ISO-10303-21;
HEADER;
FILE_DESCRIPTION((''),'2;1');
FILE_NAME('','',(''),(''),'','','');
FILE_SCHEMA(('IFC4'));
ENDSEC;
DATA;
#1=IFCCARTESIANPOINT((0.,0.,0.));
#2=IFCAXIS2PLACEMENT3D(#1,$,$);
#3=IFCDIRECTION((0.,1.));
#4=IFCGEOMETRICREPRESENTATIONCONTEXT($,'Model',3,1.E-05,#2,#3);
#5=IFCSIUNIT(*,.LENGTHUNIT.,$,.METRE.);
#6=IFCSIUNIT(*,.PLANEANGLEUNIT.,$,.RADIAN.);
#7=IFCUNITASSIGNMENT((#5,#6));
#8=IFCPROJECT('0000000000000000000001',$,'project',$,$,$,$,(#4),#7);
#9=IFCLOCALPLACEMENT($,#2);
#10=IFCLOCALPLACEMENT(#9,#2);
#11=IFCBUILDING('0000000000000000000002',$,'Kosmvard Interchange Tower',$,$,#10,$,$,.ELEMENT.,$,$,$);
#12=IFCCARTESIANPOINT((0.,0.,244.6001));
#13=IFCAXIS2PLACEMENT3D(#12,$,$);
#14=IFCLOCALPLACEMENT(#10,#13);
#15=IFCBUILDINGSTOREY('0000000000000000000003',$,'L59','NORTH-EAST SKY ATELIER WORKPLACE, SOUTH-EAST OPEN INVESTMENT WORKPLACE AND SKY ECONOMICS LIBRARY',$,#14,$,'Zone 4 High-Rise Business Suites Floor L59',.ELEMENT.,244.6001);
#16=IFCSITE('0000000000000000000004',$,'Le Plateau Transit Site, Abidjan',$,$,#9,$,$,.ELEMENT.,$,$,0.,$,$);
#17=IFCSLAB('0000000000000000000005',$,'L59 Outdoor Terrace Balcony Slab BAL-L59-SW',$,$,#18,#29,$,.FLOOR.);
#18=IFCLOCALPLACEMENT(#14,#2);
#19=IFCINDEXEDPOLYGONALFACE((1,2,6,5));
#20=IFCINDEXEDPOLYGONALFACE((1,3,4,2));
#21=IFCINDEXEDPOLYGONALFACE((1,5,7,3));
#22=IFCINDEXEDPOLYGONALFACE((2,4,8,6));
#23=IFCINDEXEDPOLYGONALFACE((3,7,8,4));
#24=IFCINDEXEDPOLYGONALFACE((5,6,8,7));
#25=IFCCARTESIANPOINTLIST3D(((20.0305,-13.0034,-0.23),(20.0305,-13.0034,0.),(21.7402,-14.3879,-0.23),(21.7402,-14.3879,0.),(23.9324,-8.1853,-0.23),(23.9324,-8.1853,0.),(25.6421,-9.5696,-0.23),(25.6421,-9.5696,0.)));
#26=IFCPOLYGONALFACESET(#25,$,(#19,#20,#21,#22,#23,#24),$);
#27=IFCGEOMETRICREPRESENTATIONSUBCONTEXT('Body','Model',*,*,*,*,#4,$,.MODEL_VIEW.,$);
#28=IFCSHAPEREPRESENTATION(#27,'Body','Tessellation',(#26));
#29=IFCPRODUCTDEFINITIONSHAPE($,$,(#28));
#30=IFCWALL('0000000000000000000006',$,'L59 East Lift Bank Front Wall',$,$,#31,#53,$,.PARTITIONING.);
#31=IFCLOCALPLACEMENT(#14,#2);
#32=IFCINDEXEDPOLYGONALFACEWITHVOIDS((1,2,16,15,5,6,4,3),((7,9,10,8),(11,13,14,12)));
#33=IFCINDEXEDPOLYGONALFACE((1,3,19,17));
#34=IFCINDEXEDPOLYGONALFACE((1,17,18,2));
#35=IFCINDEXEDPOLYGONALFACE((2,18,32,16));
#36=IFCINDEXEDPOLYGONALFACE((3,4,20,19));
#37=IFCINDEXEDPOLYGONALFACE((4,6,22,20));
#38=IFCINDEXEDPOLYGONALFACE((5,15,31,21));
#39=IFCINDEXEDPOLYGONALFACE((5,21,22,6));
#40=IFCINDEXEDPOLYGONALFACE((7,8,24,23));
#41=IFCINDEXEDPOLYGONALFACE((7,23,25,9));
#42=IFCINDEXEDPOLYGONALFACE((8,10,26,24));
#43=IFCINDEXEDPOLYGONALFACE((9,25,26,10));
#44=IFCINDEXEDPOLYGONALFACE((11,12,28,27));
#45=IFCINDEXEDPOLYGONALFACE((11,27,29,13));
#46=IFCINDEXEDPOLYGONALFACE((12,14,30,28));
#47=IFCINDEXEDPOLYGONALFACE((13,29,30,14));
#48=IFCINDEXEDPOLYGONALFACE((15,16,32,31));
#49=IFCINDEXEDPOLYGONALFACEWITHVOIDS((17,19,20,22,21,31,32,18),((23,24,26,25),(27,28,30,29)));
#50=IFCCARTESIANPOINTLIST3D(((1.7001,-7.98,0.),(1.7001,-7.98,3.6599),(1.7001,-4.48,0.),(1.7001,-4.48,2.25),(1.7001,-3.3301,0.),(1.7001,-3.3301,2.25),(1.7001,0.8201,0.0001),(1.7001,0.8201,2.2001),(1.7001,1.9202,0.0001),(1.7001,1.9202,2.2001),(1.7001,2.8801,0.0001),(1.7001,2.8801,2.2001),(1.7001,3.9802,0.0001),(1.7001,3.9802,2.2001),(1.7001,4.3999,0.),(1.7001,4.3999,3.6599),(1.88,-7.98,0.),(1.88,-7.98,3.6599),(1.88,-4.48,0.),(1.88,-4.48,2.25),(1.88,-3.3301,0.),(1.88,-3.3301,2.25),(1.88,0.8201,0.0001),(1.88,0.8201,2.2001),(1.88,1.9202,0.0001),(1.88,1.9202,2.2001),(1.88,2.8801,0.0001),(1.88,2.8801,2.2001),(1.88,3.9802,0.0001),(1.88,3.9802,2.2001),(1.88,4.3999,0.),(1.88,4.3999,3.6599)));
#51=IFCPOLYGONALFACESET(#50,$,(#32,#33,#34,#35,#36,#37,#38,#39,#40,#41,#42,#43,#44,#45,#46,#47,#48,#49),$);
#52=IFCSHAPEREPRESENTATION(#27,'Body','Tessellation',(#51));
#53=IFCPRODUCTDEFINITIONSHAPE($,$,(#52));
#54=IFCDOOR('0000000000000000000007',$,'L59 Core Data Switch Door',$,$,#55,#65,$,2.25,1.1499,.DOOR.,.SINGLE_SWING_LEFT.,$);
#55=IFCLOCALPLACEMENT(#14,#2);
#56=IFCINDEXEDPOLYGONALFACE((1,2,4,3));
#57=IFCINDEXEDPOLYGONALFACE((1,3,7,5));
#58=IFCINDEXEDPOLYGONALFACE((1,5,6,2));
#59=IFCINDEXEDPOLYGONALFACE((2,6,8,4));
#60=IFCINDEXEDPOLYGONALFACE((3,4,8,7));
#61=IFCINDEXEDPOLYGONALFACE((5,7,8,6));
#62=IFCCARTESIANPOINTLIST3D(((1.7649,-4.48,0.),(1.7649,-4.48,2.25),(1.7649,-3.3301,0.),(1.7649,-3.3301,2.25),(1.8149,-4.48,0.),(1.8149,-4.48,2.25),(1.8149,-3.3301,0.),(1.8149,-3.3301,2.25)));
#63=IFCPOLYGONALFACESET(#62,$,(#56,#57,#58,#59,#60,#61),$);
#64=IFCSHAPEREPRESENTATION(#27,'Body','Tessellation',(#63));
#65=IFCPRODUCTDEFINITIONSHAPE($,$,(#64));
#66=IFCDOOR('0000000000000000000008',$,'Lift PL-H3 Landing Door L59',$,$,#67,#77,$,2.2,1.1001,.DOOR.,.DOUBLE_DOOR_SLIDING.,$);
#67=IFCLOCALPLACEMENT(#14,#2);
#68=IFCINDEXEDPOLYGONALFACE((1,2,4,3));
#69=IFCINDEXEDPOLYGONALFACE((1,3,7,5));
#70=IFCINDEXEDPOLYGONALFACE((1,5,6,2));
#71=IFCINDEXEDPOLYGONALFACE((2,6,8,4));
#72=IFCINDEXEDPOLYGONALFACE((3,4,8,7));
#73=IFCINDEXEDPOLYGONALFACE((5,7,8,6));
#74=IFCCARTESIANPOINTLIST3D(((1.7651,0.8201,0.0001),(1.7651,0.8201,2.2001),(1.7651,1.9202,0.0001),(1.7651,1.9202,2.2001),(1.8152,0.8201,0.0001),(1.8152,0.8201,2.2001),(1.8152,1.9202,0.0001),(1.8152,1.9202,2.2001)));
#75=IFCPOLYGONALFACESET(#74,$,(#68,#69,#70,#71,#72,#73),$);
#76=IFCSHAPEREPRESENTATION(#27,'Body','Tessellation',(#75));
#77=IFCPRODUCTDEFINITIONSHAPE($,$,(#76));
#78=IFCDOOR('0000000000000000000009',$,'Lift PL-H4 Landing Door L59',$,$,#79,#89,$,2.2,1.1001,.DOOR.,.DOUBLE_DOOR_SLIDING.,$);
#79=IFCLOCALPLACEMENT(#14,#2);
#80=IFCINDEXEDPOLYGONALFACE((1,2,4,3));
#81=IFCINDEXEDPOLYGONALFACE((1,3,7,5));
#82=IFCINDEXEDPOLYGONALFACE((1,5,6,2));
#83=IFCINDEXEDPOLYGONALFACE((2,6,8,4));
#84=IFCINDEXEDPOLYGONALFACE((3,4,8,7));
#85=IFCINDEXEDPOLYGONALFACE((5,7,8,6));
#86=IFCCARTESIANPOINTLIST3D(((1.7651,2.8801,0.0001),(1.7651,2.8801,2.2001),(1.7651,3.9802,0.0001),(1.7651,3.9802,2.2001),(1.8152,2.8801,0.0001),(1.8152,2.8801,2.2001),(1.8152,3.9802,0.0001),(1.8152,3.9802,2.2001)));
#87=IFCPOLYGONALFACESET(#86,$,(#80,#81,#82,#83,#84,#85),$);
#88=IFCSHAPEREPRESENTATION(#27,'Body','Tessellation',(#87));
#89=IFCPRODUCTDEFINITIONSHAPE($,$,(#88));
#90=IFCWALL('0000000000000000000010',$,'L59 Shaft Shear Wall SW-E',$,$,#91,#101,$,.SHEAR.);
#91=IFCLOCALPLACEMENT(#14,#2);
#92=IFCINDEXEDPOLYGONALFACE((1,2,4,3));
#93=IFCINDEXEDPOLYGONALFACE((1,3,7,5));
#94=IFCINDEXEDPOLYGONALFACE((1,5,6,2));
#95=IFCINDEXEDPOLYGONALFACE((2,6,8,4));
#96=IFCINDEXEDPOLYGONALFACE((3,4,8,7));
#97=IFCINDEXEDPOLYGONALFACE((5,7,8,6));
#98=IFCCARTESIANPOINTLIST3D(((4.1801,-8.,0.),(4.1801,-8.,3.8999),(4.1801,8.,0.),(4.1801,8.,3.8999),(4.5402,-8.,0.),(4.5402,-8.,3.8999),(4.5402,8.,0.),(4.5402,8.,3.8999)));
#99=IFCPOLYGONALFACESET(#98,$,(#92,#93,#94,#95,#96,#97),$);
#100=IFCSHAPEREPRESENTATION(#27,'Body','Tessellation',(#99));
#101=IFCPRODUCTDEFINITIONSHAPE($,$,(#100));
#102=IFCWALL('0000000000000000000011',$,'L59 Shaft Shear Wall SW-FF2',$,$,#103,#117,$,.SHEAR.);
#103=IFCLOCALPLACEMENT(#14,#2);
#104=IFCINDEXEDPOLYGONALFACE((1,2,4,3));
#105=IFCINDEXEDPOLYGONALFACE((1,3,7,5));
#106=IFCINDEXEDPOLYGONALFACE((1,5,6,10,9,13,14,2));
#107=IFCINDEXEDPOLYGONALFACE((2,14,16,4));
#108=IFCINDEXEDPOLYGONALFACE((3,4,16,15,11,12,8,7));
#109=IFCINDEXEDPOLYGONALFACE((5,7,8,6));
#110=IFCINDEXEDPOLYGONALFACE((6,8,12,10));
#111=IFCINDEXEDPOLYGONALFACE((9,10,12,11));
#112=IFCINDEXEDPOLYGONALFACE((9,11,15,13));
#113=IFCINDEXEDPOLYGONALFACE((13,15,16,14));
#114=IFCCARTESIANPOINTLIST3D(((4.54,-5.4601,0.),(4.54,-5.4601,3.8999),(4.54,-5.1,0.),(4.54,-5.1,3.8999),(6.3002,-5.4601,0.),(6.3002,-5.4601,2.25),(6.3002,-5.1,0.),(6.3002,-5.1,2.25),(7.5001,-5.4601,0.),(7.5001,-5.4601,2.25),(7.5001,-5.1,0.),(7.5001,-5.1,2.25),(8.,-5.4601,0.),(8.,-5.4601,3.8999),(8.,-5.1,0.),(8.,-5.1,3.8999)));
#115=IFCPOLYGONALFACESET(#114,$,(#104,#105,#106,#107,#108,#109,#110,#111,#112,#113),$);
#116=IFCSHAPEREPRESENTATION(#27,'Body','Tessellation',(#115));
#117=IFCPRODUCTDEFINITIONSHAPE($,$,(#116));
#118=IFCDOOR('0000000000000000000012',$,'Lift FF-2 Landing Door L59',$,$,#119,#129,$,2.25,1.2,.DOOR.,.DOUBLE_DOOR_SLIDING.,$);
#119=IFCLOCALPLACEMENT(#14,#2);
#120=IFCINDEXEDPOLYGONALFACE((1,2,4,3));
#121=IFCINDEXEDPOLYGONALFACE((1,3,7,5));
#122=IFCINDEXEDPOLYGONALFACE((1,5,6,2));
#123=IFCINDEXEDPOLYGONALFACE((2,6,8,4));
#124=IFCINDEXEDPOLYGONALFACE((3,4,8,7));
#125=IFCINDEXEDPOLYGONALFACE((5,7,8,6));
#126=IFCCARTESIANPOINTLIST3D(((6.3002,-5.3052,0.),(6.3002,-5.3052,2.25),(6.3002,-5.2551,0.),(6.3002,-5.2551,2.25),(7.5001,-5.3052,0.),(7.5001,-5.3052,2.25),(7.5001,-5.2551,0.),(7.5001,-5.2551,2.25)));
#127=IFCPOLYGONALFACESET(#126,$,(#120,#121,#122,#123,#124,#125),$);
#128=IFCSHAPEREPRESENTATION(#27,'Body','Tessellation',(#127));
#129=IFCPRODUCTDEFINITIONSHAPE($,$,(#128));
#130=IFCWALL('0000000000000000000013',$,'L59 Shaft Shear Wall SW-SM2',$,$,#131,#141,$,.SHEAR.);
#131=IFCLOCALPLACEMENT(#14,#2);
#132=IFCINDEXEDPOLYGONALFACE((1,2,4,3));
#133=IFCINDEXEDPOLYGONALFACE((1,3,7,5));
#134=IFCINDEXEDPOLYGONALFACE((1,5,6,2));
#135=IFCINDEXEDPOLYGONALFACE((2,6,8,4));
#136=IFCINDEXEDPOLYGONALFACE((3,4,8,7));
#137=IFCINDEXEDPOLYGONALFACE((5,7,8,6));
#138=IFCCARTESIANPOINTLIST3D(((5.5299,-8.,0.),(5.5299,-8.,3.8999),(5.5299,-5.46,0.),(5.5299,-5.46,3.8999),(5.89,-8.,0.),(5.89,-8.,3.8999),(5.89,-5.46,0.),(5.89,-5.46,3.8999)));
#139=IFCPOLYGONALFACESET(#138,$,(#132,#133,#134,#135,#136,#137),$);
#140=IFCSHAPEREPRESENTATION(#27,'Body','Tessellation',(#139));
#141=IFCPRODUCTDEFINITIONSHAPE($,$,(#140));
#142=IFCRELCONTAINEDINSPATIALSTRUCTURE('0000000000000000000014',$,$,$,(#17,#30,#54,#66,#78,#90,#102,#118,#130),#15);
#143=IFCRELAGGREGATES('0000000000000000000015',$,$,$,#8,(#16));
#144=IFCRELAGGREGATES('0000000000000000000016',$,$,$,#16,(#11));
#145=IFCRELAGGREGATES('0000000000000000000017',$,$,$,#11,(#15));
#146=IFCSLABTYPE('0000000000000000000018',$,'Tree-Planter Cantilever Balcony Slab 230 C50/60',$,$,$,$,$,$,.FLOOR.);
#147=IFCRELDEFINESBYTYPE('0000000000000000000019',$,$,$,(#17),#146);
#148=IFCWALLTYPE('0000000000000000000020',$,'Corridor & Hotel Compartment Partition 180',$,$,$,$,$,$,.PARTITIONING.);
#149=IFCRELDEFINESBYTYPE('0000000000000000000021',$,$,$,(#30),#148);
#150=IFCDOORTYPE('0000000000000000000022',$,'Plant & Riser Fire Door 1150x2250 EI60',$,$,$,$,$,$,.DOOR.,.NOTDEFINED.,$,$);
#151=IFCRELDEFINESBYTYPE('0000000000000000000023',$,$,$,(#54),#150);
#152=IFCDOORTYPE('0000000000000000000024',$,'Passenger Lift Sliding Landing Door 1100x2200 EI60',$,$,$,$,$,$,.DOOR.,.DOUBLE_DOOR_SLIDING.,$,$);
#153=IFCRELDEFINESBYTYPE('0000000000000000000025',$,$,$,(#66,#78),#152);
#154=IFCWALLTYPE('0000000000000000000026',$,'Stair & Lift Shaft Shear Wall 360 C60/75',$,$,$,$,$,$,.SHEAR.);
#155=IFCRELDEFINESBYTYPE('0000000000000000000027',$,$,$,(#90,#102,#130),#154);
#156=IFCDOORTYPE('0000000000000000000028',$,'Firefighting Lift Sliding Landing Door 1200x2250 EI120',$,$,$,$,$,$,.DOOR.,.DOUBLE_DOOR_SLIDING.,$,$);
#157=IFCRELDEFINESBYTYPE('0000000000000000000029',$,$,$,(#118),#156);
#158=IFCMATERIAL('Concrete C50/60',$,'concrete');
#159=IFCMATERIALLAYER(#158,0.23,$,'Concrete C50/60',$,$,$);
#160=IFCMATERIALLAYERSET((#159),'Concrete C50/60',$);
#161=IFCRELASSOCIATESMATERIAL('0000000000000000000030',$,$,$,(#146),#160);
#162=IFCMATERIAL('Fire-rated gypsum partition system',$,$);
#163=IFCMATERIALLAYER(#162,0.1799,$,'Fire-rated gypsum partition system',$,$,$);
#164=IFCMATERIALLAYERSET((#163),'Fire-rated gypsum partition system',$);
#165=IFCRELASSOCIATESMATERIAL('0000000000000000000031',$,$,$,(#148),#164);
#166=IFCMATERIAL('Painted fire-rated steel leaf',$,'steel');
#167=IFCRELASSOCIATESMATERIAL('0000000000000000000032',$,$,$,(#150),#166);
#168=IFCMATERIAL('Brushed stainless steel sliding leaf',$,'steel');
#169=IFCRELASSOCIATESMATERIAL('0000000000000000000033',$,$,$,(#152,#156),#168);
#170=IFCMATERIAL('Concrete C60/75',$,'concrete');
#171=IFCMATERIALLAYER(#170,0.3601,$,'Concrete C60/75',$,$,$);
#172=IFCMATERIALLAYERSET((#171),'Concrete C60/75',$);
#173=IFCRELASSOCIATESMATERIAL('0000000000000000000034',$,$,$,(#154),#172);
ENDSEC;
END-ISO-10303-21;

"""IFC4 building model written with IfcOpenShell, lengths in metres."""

from ifc_helpers import new_model, si_unit, direction, frame, frame_2d, origin, place, context, subcontext, project, spatial, polyline, rectangle, outline, extrude, source, transform, mapped, material, layer, layer_set, type_object, element, fill, save


model = new_model("IFC4")

# Units and contexts
model_context = context("Model", 3, precision=1e-05, world=origin(), true_north=direction((0.0, 1.0)))
body_context = subcontext(model_context, "Body", "Model", "MODEL_VIEW")
ifc_project = project(units=[si_unit("LENGTHUNIT", "METRE"), si_unit("PLANEANGLEUNIT", "RADIAN")], contexts=[model_context])

# Site, building, storey
site_placement = place(None, origin())
site = spatial("IfcSite", under=ifc_project, at=site_placement, Name="Le Plateau Transit Site, Abidjan", CompositionType="ELEMENT", RefElevation=0.0)
building_placement = place(site_placement, origin())
building = spatial("IfcBuilding", under=site, at=building_placement, Name="Kosmvard Interchange Tower", CompositionType="ELEMENT")
storey_placement = place(building_placement, frame((0.0, 0.0, 244.6001)))
storey = spatial("IfcBuildingStorey", under=building, at=storey_placement, Name="L59", Description="NORTH-EAST SKY ATELIER WORKPLACE, SOUTH-EAST OPEN INVESTMENT WORKPLACE AND SKY ECONOMICS LIBRARY", LongName="Zone 4 High-Rise Business Suites Floor L59", CompositionType="ELEMENT", Elevation=244.6001)

# Shared definitions
ifc_material_1 = material(Name="Concrete C60/75", Category="concrete")

# Shared definitions
ifc_material_2 = material(Name="Concrete C50/60", Category="concrete")

# Slab
ifc_layer_1 = layer(ifc_material_2, 0.23, Name="Concrete C50/60")
ifc_layer_set_1 = layer_set([ifc_layer_1], Name="Concrete C50/60")
slab_type_1 = type_object("IfcSlabType", Name="Tree-Planter Cantilever Balcony Slab 230 C50/60", PredefinedType="FLOOR", material=ifc_layer_set_1)
slab_1_placement = place(storey_placement, frame((0.0, 0.0, -0.23)))
element("IfcSlab", 1, at=slab_1_placement, inside=storey, type_object=slab_type_1, Name="L59 Outdoor Terrace Balcony Slab BAL-L59-SW", PredefinedType="FLOOR", context=body_context, shape_type="SweptSolid", body=[
    extrude(outline(polyline([(21.7402, -14.3879), (25.6421, -9.5696), (23.9324, -8.1853), (20.0305, -13.0034), (21.7402, -14.3879)])), origin(), (0.0, 0.0, 1.0), 0.23),
])

# Wall, openings, doors
ifc_material_3 = material(Name="Fire-rated gypsum partition system")
ifc_layer_2 = layer(ifc_material_3, 0.1799, Name="Fire-rated gypsum partition system")
ifc_layer_set_2 = layer_set([ifc_layer_2], Name="Fire-rated gypsum partition system")
wall_type_1 = type_object("IfcWallType", Name="Corridor & Hotel Compartment Partition 180", PredefinedType="PARTITIONING", material=ifc_layer_set_2)
wall_1_placement = place(storey_placement, frame((1.79, -7.98, 0.0), z_axis=(0.0, 0.0, 1.0), x_axis=(0.0, 1.0, 0.0)))
wall_1 = element("IfcWall", 2, at=wall_1_placement, inside=storey, type_object=wall_type_1, Name="L59 East Lift Bank Front Wall", PredefinedType="PARTITIONING", context=body_context, shape_type="SweptSolid", body=[
    extrude(rectangle(XDim=12.3799, YDim=0.1799, at=frame_2d((6.1899, 0.0))), origin(), (0.0, 0.0, 1.0), 3.6599),
])
opening_1_placement = place(wall_1_placement, frame((8.8, 0.0, 0.0)))
opening_1 = element("IfcOpeningElement", 3, at=opening_1_placement, cuts=wall_1, PredefinedType="OPENING", context=body_context, shape_type="SweptSolid", body=[
    extrude(rectangle(XDim=1.1001, YDim=2.2, at=frame_2d((0.55, 1.1001))), frame((0.0, 0.1001, 0.0), z_axis=(0.0, -1.0, 0.0), x_axis=(1.0, 0.0, 0.0)), (0.0, 0.0, 1.0), 0.2),
])
opening_2_placement = place(wall_1_placement, frame((10.8601, 0.0, 0.0)))
opening_2 = element("IfcOpeningElement", 4, at=opening_2_placement, cuts=wall_1, PredefinedType="OPENING", context=body_context, shape_type="SweptSolid", body=[
    extrude(rectangle(XDim=1.1001, YDim=2.2, at=frame_2d((0.55, 1.1001))), frame((0.0, 0.1001, 0.0), z_axis=(0.0, -1.0, 0.0), x_axis=(1.0, 0.0, 0.0)), (0.0, 0.0, 1.0), 0.2),
])
opening_3_placement = place(wall_1_placement, frame((3.5, 0.0, 0.0)))
opening_3 = element("IfcOpeningElement", 5, at=opening_3_placement, cuts=wall_1, PredefinedType="OPENING", context=body_context, shape_type="SweptSolid", body=[
    extrude(rectangle(XDim=1.1499, YDim=2.25, at=frame_2d((0.575, 1.125))), frame((0.0, 0.1001, 0.0), z_axis=(0.0, -1.0, 0.0), x_axis=(1.0, 0.0, 0.0)), (0.0, 0.0, 1.0), 0.2),
])
ifc_material_4 = material(Name="Painted fire-rated steel leaf", Category="steel")
door_type_1 = type_object("IfcDoorType", Name="Plant & Riser Fire Door 1150x2250 EI60", OperationType="NOTDEFINED", PredefinedType="DOOR", material=ifc_material_4)
shared_shape_1 = source(origin(), body_context, "Body", "SweptSolid", [
    extrude(rectangle(XDim=1.1499, YDim=2.25, at=frame_2d((0.575, 1.125))), frame((0.0, 0.0249, 0.0), z_axis=(0.0, -1.0, 0.0), x_axis=(1.0, 0.0, 0.0)), (0.0, 0.0, 1.0), 0.05),
])
door_1_placement = place(opening_3_placement, frame((1.1499, 0.0, 0.0), z_axis=(0.0, 0.0, 1.0), x_axis=(-1.0, 0.0, 0.0)))
door_1 = element("IfcDoor", 6, at=door_1_placement, inside=storey, type_object=door_type_1, Name="L59 Core Data Switch Door", OperationType="SINGLE_SWING_LEFT", OverallHeight=2.25, OverallWidth=1.1499, PredefinedType="DOOR", context=body_context, shape_type="MappedRepresentation", body=[
    mapped(shared_shape_1, transform((0.0, 0.0, 0.0), scale=1.0)),
])
fill(opening_3, door_1)
ifc_material_5 = material(Name="Brushed stainless steel sliding leaf", Category="steel")
door_type_2 = type_object("IfcDoorType", Name="Passenger Lift Sliding Landing Door 1100x2200 EI60", OperationType="DOUBLE_DOOR_SLIDING", PredefinedType="DOOR", material=ifc_material_5)
shared_shape_2 = source(origin(), body_context, "Body", "SweptSolid", [
    extrude(rectangle(XDim=1.1001, YDim=2.2, at=frame_2d((0.55, 1.1001))), frame((0.0, 0.0249, 0.0), z_axis=(0.0, -1.0, 0.0), x_axis=(1.0, 0.0, 0.0)), (0.0, 0.0, 1.0), 0.05),
])
door_2_placement = place(opening_1_placement, origin())
door_2 = element("IfcDoor", 7, at=door_2_placement, inside=storey, type_object=door_type_2, Name="Lift PL-H3 Landing Door L59", OperationType="DOUBLE_DOOR_SLIDING", OverallHeight=2.2, OverallWidth=1.1001, PredefinedType="DOOR", context=body_context, shape_type="MappedRepresentation", body=[
    mapped(shared_shape_2, transform((0.0, 0.0, 0.0), scale=1.0)),
])
fill(opening_1, door_2)
door_3_placement = place(opening_2_placement, origin())
door_3 = element("IfcDoor", 8, at=door_3_placement, inside=storey, type_object=door_type_2, Name="Lift PL-H4 Landing Door L59", OperationType="DOUBLE_DOOR_SLIDING", OverallHeight=2.2, OverallWidth=1.1001, PredefinedType="DOOR", context=body_context, shape_type="MappedRepresentation", body=[
    mapped(shared_shape_2, transform((0.0, 0.0, 0.0), scale=1.0)),
])
fill(opening_2, door_3)

# Wall
ifc_layer_3 = layer(ifc_material_1, 0.3601, Name="Concrete C60/75")
ifc_layer_set_3 = layer_set([ifc_layer_3], Name="Concrete C60/75")
wall_type_2 = type_object("IfcWallType", Name="Stair & Lift Shaft Shear Wall 360 C60/75", PredefinedType="SHEAR", material=ifc_layer_set_3)
wall_2_placement = place(storey_placement, frame((4.3601, -8.0, 0.0), z_axis=(0.0, 0.0, 1.0), x_axis=(0.0, 1.0, 0.0)))
element("IfcWall", 9, at=wall_2_placement, inside=storey, type_object=wall_type_2, Name="L59 Shaft Shear Wall SW-E", PredefinedType="SHEAR", context=body_context, shape_type="SweptSolid", body=[
    extrude(rectangle(XDim=16.0, YDim=0.3601, at=frame_2d((8.0, 0.0))), origin(), (0.0, 0.0, 1.0), 3.8999),
])

# Wall, opening, door
wall_3_placement = place(storey_placement, frame((4.54, -5.28, 0.0), z_axis=(0.0, 0.0, 1.0), x_axis=(1.0, 0.0, 0.0)))
wall_3 = element("IfcWall", 10, at=wall_3_placement, inside=storey, type_object=wall_type_2, Name="L59 Shaft Shear Wall SW-FF2", PredefinedType="SHEAR", context=body_context, shape_type="SweptSolid", body=[
    extrude(rectangle(XDim=3.46, YDim=0.3601, at=frame_2d((1.73, 0.0))), origin(), (0.0, 0.0, 1.0), 3.8999),
])
opening_4_placement = place(wall_3_placement, frame((1.76, 0.0, 0.0)))
opening_4 = element("IfcOpeningElement", 11, at=opening_4_placement, cuts=wall_3, PredefinedType="OPENING", context=body_context, shape_type="SweptSolid", body=[
    extrude(rectangle(XDim=1.2, YDim=2.25, at=frame_2d((0.6001, 1.125))), frame((0.0, 0.1899, 0.0), z_axis=(0.0, -1.0, 0.0), x_axis=(1.0, 0.0, 0.0)), (0.0, 0.0, 1.0), 0.3801),
])
door_type_3 = type_object("IfcDoorType", Name="Firefighting Lift Sliding Landing Door 1200x2250 EI120", OperationType="DOUBLE_DOOR_SLIDING", PredefinedType="DOOR", material=ifc_material_5)
shared_shape_3 = source(origin(), body_context, "Body", "SweptSolid", [
    extrude(rectangle(XDim=1.2, YDim=2.25, at=frame_2d((0.6001, 1.125))), frame((0.0, 0.0249, 0.0), z_axis=(0.0, -1.0, 0.0), x_axis=(1.0, 0.0, 0.0)), (0.0, 0.0, 1.0), 0.05),
])
door_4_placement = place(opening_4_placement, origin())
door_4 = element("IfcDoor", 12, at=door_4_placement, inside=storey, type_object=door_type_3, Name="Lift FF-2 Landing Door L59", OperationType="DOUBLE_DOOR_SLIDING", OverallHeight=2.25, OverallWidth=1.2, PredefinedType="DOOR", context=body_context, shape_type="MappedRepresentation", body=[
    mapped(shared_shape_3, transform((0.0, 0.0, 0.0), scale=1.0)),
])
fill(opening_4, door_4)

# Wall
wall_4_placement = place(storey_placement, frame((5.71, -8.0, 0.0), z_axis=(0.0, 0.0, 1.0), x_axis=(0.0, 1.0, 0.0)))
element("IfcWall", 13, at=wall_4_placement, inside=storey, type_object=wall_type_2, Name="L59 Shaft Shear Wall SW-SM2", PredefinedType="SHEAR", context=body_context, shape_type="SweptSolid", body=[
    extrude(rectangle(XDim=2.54, YDim=0.3601, at=frame_2d((1.27, 0.0))), origin(), (0.0, 0.0, 1.0), 3.8999),
])

save(model, "model.ifc")
